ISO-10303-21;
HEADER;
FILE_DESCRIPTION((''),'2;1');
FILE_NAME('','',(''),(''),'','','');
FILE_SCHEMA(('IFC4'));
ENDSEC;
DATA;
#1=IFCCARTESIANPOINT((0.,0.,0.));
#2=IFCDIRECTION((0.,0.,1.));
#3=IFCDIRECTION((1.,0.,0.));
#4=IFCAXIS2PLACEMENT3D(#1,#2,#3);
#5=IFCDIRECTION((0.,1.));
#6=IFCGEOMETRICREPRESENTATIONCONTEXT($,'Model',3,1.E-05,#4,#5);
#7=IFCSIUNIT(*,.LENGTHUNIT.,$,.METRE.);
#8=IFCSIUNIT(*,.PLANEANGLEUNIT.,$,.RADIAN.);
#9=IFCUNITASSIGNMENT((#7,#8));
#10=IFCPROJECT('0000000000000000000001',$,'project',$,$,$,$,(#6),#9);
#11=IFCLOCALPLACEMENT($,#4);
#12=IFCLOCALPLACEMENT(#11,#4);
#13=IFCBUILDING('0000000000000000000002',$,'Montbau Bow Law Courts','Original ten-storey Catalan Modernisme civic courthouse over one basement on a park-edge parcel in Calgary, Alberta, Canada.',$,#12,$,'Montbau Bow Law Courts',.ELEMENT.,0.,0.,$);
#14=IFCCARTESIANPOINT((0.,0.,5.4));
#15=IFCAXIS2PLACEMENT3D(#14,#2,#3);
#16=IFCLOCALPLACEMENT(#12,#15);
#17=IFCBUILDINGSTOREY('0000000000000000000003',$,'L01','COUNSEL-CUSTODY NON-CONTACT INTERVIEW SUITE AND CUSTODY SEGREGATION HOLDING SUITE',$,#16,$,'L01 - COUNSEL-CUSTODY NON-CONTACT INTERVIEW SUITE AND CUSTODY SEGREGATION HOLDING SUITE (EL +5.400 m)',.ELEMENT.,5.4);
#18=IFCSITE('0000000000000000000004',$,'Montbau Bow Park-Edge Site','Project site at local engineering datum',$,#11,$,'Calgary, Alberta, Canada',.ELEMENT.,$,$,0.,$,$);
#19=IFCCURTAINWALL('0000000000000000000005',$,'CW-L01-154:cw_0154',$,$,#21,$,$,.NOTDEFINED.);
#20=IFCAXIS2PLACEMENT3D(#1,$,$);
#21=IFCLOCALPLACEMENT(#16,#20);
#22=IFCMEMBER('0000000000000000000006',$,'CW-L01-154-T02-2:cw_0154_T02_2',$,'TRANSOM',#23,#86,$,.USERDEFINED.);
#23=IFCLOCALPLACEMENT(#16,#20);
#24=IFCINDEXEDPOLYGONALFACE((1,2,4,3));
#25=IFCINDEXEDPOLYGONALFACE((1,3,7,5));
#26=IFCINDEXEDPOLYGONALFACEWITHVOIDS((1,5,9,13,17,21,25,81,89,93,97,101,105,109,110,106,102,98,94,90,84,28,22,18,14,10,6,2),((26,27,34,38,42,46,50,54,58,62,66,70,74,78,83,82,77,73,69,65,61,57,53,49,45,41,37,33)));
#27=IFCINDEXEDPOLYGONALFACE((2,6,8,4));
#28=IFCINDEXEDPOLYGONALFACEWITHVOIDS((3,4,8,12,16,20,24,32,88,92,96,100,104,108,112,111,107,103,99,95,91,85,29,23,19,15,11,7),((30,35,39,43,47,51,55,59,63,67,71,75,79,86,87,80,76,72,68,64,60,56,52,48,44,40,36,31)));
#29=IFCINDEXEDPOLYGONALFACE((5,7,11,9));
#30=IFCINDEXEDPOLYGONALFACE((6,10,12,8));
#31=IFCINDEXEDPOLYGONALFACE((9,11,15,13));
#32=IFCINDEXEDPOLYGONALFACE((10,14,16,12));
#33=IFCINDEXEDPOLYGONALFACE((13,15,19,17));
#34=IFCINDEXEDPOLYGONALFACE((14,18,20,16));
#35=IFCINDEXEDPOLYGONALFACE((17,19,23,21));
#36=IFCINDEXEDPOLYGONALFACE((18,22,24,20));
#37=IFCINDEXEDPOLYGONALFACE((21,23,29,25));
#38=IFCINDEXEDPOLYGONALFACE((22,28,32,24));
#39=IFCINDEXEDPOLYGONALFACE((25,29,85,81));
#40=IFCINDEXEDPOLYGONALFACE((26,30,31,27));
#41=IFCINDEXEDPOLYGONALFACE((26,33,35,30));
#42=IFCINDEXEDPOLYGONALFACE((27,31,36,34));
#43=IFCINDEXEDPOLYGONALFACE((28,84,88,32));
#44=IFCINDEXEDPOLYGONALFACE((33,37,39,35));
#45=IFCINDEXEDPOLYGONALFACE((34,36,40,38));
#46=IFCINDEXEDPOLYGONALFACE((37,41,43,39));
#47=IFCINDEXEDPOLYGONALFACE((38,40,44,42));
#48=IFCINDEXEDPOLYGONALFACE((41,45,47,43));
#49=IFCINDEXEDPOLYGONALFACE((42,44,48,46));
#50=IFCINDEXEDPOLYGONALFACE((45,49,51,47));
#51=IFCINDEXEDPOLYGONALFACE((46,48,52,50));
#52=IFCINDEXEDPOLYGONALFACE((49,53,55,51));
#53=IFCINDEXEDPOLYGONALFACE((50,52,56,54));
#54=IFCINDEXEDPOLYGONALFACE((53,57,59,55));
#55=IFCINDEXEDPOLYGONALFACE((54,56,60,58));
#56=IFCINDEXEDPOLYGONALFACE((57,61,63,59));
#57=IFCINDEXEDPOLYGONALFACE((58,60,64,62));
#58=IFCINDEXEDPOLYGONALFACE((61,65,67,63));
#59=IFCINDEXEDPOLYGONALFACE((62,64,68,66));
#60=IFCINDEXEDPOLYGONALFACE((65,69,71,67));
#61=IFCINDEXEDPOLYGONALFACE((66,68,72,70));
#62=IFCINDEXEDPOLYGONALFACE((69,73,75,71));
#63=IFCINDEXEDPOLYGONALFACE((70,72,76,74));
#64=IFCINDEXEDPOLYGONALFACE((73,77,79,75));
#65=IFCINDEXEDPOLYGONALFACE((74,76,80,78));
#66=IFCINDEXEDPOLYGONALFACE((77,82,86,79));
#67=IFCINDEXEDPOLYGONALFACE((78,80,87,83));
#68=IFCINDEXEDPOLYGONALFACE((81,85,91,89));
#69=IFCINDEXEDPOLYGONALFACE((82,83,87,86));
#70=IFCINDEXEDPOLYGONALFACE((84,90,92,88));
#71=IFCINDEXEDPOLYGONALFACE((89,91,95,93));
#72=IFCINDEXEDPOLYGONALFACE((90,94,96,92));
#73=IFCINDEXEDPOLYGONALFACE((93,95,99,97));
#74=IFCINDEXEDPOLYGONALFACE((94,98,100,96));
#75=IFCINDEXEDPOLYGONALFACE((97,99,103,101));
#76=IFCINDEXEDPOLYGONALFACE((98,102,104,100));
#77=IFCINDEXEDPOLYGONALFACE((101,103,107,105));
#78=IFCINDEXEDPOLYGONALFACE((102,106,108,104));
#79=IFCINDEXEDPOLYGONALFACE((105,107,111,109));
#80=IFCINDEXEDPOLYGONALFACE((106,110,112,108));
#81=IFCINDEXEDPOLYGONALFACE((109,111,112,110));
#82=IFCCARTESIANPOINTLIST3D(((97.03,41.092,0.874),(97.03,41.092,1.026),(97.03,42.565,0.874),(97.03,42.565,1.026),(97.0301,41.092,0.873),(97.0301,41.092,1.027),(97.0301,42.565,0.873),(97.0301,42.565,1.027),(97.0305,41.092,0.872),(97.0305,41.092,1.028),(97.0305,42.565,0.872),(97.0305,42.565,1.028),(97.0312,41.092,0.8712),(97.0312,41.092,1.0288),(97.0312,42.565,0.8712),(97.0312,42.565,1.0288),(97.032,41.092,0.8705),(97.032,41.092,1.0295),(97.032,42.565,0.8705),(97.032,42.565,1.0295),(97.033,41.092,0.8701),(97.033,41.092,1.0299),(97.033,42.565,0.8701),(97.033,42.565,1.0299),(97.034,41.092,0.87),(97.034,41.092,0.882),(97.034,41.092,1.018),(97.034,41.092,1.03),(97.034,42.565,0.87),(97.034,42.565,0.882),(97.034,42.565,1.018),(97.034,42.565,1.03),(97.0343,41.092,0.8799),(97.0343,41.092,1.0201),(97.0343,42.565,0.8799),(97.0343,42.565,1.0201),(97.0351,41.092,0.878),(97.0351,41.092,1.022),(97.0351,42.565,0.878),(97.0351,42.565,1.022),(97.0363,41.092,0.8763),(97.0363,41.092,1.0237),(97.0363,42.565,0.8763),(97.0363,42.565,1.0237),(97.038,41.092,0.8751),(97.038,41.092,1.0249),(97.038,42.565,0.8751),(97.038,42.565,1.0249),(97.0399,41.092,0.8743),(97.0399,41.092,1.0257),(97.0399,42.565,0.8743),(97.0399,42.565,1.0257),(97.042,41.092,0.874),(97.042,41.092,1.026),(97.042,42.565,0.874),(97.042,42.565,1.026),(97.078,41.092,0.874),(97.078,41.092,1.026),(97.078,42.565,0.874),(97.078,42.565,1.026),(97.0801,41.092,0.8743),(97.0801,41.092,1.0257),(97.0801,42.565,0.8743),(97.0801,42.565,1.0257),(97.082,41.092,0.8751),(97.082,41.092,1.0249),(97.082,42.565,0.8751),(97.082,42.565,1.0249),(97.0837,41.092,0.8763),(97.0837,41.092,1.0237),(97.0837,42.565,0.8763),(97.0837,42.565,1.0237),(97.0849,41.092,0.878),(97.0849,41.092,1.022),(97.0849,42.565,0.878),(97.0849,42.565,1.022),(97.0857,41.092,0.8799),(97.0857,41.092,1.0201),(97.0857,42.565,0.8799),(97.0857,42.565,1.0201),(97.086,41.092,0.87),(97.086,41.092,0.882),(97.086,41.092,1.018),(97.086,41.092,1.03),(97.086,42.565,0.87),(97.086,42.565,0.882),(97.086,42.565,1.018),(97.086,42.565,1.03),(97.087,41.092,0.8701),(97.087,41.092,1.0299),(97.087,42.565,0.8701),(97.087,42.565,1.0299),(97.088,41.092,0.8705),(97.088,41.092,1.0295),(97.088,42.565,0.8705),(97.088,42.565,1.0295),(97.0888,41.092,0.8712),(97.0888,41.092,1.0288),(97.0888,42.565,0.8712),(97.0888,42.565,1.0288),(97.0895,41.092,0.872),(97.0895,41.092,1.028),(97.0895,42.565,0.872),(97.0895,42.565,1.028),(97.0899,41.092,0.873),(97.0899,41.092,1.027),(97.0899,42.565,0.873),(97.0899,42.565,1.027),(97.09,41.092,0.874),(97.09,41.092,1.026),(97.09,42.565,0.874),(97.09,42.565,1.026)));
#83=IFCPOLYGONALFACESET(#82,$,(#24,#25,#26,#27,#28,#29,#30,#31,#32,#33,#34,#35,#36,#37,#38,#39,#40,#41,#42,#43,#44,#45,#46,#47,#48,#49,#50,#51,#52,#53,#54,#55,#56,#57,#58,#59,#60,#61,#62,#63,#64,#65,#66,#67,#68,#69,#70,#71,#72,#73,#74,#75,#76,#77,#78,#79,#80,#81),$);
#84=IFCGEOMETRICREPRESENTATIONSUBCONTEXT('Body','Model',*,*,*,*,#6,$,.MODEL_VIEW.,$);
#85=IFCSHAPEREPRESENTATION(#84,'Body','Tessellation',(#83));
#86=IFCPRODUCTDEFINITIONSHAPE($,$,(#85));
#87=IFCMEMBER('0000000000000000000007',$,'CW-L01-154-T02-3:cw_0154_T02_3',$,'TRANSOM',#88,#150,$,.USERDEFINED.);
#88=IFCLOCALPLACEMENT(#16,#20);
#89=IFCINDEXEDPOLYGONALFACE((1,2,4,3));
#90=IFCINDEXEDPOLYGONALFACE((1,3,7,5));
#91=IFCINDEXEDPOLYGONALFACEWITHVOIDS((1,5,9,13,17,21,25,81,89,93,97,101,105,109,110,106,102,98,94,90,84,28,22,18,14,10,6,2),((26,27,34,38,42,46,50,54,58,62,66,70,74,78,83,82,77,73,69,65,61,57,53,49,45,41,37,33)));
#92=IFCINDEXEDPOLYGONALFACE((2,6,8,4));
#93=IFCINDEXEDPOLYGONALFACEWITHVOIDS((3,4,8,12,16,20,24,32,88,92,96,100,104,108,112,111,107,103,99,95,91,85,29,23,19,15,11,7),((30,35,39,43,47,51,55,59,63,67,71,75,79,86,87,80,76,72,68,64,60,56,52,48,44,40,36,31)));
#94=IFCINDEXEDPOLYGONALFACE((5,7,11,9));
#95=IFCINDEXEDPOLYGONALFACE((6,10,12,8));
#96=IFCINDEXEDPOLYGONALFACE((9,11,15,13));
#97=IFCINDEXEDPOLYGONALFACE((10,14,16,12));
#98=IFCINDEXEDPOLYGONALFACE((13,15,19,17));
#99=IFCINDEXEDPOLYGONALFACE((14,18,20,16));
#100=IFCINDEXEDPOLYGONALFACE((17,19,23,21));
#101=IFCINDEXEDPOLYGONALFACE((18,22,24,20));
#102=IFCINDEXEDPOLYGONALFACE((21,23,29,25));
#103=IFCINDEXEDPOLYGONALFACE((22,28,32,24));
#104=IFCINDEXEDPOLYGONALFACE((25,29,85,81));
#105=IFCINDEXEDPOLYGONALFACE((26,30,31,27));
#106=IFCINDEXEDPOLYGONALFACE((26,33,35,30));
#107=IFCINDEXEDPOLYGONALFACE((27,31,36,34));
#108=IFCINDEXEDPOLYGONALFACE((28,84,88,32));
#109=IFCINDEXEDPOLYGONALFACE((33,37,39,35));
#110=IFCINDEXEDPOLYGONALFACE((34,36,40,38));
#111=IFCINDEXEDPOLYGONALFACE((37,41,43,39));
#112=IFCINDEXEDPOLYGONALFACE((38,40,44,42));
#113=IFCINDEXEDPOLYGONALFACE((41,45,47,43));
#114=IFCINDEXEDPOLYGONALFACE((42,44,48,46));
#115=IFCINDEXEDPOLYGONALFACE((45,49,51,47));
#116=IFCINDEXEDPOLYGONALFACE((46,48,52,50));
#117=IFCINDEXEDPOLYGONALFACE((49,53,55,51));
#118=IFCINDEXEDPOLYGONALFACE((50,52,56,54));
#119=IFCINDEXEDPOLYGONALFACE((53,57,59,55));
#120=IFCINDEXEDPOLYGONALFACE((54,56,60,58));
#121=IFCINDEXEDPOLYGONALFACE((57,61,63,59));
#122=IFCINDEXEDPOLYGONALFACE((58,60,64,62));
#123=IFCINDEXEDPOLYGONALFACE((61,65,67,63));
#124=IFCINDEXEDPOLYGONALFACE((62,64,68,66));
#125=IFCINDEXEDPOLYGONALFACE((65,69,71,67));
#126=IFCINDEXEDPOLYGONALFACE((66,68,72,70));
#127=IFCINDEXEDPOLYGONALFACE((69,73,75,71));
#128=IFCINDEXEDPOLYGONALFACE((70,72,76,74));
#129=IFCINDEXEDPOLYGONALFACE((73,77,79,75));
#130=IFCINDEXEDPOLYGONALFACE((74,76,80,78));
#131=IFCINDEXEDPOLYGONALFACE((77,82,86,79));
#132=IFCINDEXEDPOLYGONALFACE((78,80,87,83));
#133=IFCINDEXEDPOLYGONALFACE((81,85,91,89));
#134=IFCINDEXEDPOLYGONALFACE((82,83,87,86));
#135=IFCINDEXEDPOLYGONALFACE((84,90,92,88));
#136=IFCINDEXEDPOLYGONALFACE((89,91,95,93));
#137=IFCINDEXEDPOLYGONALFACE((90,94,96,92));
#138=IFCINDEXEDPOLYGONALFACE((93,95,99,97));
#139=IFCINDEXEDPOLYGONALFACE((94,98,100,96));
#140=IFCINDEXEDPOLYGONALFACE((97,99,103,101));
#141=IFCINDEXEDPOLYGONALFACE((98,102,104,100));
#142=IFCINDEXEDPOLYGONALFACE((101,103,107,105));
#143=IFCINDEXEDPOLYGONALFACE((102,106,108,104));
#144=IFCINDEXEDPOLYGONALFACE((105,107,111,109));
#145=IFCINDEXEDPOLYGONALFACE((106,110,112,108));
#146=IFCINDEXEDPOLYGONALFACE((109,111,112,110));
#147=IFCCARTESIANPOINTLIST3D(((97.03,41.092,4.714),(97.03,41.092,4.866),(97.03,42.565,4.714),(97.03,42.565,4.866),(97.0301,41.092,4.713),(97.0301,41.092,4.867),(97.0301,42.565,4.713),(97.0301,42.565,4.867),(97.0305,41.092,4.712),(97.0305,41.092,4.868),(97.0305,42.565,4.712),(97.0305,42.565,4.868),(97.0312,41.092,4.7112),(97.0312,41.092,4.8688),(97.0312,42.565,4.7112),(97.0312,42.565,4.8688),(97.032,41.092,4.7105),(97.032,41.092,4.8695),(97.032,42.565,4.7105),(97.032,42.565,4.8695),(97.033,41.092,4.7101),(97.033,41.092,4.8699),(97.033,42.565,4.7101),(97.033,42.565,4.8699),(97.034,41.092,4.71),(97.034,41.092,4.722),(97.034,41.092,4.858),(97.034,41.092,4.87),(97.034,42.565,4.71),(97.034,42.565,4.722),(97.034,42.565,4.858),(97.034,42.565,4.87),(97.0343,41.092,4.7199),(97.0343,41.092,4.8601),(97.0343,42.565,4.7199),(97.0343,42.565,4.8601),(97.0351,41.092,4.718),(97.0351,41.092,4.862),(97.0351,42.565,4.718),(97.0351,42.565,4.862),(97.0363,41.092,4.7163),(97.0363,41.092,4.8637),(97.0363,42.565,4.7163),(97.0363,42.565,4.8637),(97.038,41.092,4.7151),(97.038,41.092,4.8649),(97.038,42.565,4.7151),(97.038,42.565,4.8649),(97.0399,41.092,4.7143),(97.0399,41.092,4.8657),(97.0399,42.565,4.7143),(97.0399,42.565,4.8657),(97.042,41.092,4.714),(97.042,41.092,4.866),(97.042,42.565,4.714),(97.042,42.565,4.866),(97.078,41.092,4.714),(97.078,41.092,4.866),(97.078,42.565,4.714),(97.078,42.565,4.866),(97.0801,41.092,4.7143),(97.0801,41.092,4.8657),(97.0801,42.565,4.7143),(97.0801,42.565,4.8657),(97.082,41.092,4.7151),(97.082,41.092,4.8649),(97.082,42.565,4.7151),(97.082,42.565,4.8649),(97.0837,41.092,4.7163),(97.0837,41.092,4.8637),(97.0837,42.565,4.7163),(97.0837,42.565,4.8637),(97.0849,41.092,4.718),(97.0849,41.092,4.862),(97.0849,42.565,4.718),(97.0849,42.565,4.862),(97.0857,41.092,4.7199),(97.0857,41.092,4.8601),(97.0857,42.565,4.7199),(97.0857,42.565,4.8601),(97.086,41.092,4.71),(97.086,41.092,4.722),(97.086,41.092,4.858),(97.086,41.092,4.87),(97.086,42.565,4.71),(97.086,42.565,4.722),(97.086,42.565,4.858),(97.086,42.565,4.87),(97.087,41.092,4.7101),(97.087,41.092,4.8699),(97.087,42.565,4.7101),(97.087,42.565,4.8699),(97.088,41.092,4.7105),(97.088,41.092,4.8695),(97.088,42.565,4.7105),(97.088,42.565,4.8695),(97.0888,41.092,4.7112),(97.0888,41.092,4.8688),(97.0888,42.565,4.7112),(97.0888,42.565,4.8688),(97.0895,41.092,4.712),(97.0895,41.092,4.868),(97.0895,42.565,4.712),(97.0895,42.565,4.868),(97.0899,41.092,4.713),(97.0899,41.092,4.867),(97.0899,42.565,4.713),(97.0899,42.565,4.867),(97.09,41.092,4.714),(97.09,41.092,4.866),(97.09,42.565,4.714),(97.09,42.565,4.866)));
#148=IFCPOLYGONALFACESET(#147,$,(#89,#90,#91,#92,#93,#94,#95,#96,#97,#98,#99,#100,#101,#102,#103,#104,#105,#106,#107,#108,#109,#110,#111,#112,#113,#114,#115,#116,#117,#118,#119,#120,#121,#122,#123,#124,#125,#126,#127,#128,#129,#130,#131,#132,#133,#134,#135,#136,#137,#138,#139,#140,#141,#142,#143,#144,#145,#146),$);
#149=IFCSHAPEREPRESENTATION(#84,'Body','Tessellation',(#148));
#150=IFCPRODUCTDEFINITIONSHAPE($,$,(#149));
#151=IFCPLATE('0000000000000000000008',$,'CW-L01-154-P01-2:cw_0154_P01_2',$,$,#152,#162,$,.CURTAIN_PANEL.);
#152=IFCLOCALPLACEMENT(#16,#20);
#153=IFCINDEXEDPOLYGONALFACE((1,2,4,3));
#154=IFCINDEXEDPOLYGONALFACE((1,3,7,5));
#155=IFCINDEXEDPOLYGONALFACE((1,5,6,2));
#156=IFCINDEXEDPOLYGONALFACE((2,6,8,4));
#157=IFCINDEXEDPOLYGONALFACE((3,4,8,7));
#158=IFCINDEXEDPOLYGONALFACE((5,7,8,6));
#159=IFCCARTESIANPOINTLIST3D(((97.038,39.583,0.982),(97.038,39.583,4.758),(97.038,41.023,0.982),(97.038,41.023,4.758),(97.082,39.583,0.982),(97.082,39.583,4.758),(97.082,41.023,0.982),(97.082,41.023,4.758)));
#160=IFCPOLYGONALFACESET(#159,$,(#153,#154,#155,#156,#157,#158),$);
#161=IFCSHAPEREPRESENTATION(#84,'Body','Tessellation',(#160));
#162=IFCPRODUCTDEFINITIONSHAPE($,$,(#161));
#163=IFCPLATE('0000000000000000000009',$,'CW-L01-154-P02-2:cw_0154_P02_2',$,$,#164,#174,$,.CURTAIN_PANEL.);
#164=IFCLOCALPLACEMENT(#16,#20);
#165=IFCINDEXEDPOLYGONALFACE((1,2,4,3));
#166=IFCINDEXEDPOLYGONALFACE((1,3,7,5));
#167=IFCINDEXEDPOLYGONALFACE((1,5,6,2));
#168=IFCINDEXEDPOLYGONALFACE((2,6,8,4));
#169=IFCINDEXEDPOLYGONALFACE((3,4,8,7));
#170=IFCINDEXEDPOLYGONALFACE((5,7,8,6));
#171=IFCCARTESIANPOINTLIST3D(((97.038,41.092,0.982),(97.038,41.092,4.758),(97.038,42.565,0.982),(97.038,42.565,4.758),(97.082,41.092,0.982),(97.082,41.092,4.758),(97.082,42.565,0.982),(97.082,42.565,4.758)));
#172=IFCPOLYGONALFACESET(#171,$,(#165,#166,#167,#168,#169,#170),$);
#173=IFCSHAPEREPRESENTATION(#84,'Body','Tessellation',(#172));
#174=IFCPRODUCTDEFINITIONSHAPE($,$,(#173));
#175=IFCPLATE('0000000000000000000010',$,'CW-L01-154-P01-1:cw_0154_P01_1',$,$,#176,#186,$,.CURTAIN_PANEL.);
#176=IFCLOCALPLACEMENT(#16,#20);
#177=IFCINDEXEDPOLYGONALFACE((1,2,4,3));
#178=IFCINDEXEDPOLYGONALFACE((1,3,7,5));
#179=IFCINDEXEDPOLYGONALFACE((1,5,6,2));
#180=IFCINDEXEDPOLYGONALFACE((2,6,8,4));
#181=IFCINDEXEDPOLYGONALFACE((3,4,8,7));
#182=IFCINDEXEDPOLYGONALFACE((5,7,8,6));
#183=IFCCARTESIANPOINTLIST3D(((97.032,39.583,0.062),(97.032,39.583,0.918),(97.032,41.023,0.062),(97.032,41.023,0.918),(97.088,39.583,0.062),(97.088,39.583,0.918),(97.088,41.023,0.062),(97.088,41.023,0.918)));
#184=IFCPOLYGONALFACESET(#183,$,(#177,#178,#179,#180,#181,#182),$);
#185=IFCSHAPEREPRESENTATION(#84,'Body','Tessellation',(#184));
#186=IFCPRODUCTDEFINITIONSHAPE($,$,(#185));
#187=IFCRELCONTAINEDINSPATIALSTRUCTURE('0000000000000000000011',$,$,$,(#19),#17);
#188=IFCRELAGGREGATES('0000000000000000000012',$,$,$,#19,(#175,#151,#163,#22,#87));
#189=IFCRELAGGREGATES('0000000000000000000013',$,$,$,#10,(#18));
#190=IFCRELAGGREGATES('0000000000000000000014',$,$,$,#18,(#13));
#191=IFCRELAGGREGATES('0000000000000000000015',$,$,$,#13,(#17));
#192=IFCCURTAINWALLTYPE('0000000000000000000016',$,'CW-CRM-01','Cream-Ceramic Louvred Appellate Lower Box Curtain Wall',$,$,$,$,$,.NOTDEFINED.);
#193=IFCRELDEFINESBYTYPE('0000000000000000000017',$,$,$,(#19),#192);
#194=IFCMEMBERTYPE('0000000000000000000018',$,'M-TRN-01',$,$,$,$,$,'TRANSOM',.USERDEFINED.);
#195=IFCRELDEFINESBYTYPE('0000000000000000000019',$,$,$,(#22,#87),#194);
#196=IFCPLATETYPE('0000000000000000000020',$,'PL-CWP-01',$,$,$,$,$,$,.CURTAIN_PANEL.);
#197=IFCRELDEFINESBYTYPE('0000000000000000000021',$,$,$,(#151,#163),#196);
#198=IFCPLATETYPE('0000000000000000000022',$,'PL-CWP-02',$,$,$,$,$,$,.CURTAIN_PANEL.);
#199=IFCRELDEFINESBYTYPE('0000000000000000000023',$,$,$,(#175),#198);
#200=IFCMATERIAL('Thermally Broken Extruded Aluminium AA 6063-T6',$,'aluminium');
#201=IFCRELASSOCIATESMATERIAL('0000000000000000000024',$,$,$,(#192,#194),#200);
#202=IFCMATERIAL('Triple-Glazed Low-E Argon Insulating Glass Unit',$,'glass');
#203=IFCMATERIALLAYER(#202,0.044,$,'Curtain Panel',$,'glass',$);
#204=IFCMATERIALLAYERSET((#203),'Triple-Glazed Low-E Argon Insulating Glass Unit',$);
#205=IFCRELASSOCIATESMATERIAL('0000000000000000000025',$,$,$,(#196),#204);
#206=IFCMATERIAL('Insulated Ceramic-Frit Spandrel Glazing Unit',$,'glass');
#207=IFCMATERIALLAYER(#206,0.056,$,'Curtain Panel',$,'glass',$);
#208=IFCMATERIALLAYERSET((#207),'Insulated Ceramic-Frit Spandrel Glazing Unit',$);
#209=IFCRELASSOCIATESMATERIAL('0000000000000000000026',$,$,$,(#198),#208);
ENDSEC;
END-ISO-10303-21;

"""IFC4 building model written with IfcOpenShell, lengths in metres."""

from ifc_helpers import new_model, si_unit, direction, frame, frame_2d, origin_with_axes, origin_2d_with_axis, place, context, subcontext, project, spatial, rectangle, hollow_rectangle, extrude, material, layer, layer_set, material_profile, profile_set, type_object, element, aggregate, save


model = new_model("IFC4")

# Units and contexts
model_context = context("Model", 3, precision=1e-05, world=origin_with_axes(), true_north=direction((0.0, 1.0)))
body_context = subcontext(model_context, "Body", "Model", "MODEL_VIEW")
ifc_project = project(units=[si_unit("LENGTHUNIT", "METRE"), si_unit("PLANEANGLEUNIT", "RADIAN")], contexts=[model_context])

# Site, building, storey
site_placement = place(None, origin_with_axes())
site = spatial("IfcSite", under=ifc_project, at=site_placement, Name="Montbau Bow Park-Edge Site", Description="Project site at local engineering datum", LongName="Calgary, Alberta, Canada", CompositionType="ELEMENT", RefElevation=0.0)
building_placement = place(site_placement, origin_with_axes())
building = spatial("IfcBuilding", under=site, at=building_placement, Name="Montbau Bow Law Courts", Description="Original ten-storey Catalan Modernisme civic courthouse over one basement on a park-edge parcel in Calgary, Alberta, Canada.", LongName="Montbau Bow Law Courts", CompositionType="ELEMENT", ElevationOfRefHeight=0.0, ElevationOfTerrain=0.0)
storey_placement = place(building_placement, frame((0.0, 0.0, 5.4), z_axis=(0.0, 0.0, 1.0), x_axis=(1.0, 0.0, 0.0)))
storey = spatial("IfcBuildingStorey", under=building, at=storey_placement, Name="L01", Description="COUNSEL-CUSTODY NON-CONTACT INTERVIEW SUITE AND CUSTODY SEGREGATION HOLDING SUITE", LongName="L01 - COUNSEL-CUSTODY NON-CONTACT INTERVIEW SUITE AND CUSTODY SEGREGATION HOLDING SUITE (EL +5.400 m)", CompositionType="ELEMENT", Elevation=5.4)

# Curtain wall, members, plates
ifc_material_1 = material(Name="Thermally Broken Extruded Aluminium AA 6063-T6", Category="aluminium")
curtain_wall_type = type_object("IfcCurtainWallType", Name="CW-CRM-01", Description="Cream-Ceramic Louvred Appellate Lower Box Curtain Wall", PredefinedType="NOTDEFINED", material=ifc_material_1)
curtain_wall_placement = place(None, frame((97.06, 39.515, 5.4), z_axis=(0.0, 0.0, 1.0), x_axis=(1.0, 0.0, 0.0)))
curtain_wall = element("IfcCurtainWall", 1, at=curtain_wall_placement, inside=storey, type_object=curtain_wall_type, Name="CW-L01-154:cw_0154", PredefinedType="NOTDEFINED")
ifc_material_profile_1 = material_profile(ifc_material_1, hollow_rectangle(XDim=0.06, YDim=0.16, WallThickness=0.004, InnerFilletRadius=0.008, OuterFilletRadius=0.004, at=origin_2d_with_axis()), Name="CWT-160X60", Category="Main", Priority=0)
ifc_profile_set_1 = profile_set([ifc_material_profile_1], Name="Thermally Broken Extruded Aluminium AA 6063-T6")
member_type_1 = type_object("IfcMemberType", Name="M-TRN-01", ElementType="TRANSOM", PredefinedType="USERDEFINED", material=ifc_profile_set_1)
member_1_placement = place(None, frame((97.06, 41.092, 6.35), z_axis=(0.0, 1.0, 0.0), x_axis=(-1.0, 0.0, 0.0)))
member_1 = element("IfcMember", 2, at=member_1_placement, type_object=member_type_1, Name="CW-L01-154-T02-2:cw_0154_T02_2", ObjectType="TRANSOM", PredefinedType="USERDEFINED", context=body_context, shape_type="SweptSolid", body=[
    extrude(hollow_rectangle(XDim=0.06, YDim=0.16, WallThickness=0.004, InnerFilletRadius=0.008, OuterFilletRadius=0.004, at=origin_2d_with_axis()), origin_with_axes(), (0.0, 0.0, 1.0), 1.473),
])
member_2_placement = place(None, frame((97.06, 41.092, 10.19), z_axis=(0.0, 1.0, 0.0), x_axis=(-1.0, 0.0, 0.0)))
member_2 = element("IfcMember", 3, at=member_2_placement, type_object=member_type_1, Name="CW-L01-154-T02-3:cw_0154_T02_3", ObjectType="TRANSOM", PredefinedType="USERDEFINED", context=body_context, shape_type="SweptSolid", body=[
    extrude(hollow_rectangle(XDim=0.06, YDim=0.16, WallThickness=0.004, InnerFilletRadius=0.008, OuterFilletRadius=0.004, at=origin_2d_with_axis()), origin_with_axes(), (0.0, 0.0, 1.0), 1.473),
])
ifc_material_2 = material(Name="Triple-Glazed Low-E Argon Insulating Glass Unit", Category="glass")
ifc_layer_1 = layer(ifc_material_2, 0.044, Name="Curtain Panel", Category="glass")
ifc_layer_set_1 = layer_set([ifc_layer_1], Name="Triple-Glazed Low-E Argon Insulating Glass Unit")
plate_type_1 = type_object("IfcPlateType", Name="PL-CWP-01", PredefinedType="CURTAIN_PANEL", material=ifc_layer_set_1)
plate_1_placement = place(None, frame((97.06, 39.583, 6.382), z_axis=(1.0, 0.0, 0.0), x_axis=(0.0, 1.0, 0.0)))
plate_1 = element("IfcPlate", 4, at=plate_1_placement, type_object=plate_type_1, Name="CW-L01-154-P01-2:cw_0154_P01_2", PredefinedType="CURTAIN_PANEL", context=body_context, shape_type="SweptSolid", body=[
    extrude(rectangle(XDim=1.44, YDim=3.776, at=frame_2d((0.72, 1.888), x_axis=(1.0, 0.0))), frame((0.0, 0.0, -0.022), z_axis=(0.0, 0.0, 1.0), x_axis=(1.0, 0.0, 0.0)), (0.0, 0.0, 1.0), 0.044),
])
plate_2_placement = place(None, frame((97.06, 41.092, 6.382), z_axis=(1.0, 0.0, 0.0), x_axis=(0.0, 1.0, 0.0)))
plate_2 = element("IfcPlate", 5, at=plate_2_placement, type_object=plate_type_1, Name="CW-L01-154-P02-2:cw_0154_P02_2", PredefinedType="CURTAIN_PANEL", context=body_context, shape_type="SweptSolid", body=[
    extrude(rectangle(XDim=1.473, YDim=3.776, at=frame_2d((0.7365, 1.888), x_axis=(1.0, 0.0))), frame((0.0, 0.0, -0.022), z_axis=(0.0, 0.0, 1.0), x_axis=(1.0, 0.0, 0.0)), (0.0, 0.0, 1.0), 0.044),
])
ifc_material_3 = material(Name="Insulated Ceramic-Frit Spandrel Glazing Unit", Category="glass")
ifc_layer_2 = layer(ifc_material_3, 0.056, Name="Curtain Panel", Category="glass")
ifc_layer_set_2 = layer_set([ifc_layer_2], Name="Insulated Ceramic-Frit Spandrel Glazing Unit")
plate_type_2 = type_object("IfcPlateType", Name="PL-CWP-02", PredefinedType="CURTAIN_PANEL", material=ifc_layer_set_2)
plate_3_placement = place(None, frame((97.06, 39.583, 5.462), z_axis=(1.0, 0.0, 0.0), x_axis=(0.0, 1.0, 0.0)))
plate_3 = element("IfcPlate", 6, at=plate_3_placement, type_object=plate_type_2, Name="CW-L01-154-P01-1:cw_0154_P01_1", PredefinedType="CURTAIN_PANEL", context=body_context, shape_type="SweptSolid", body=[
    extrude(rectangle(XDim=1.44, YDim=0.856, at=frame_2d((0.72, 0.428), x_axis=(1.0, 0.0))), frame((0.0, 0.0, -0.028), z_axis=(0.0, 0.0, 1.0), x_axis=(1.0, 0.0, 0.0)), (0.0, 0.0, 1.0), 0.056),
])
aggregate(curtain_wall, [plate_3, plate_1, plate_2, member_1, member_2])

save(model, "model.ifc")
